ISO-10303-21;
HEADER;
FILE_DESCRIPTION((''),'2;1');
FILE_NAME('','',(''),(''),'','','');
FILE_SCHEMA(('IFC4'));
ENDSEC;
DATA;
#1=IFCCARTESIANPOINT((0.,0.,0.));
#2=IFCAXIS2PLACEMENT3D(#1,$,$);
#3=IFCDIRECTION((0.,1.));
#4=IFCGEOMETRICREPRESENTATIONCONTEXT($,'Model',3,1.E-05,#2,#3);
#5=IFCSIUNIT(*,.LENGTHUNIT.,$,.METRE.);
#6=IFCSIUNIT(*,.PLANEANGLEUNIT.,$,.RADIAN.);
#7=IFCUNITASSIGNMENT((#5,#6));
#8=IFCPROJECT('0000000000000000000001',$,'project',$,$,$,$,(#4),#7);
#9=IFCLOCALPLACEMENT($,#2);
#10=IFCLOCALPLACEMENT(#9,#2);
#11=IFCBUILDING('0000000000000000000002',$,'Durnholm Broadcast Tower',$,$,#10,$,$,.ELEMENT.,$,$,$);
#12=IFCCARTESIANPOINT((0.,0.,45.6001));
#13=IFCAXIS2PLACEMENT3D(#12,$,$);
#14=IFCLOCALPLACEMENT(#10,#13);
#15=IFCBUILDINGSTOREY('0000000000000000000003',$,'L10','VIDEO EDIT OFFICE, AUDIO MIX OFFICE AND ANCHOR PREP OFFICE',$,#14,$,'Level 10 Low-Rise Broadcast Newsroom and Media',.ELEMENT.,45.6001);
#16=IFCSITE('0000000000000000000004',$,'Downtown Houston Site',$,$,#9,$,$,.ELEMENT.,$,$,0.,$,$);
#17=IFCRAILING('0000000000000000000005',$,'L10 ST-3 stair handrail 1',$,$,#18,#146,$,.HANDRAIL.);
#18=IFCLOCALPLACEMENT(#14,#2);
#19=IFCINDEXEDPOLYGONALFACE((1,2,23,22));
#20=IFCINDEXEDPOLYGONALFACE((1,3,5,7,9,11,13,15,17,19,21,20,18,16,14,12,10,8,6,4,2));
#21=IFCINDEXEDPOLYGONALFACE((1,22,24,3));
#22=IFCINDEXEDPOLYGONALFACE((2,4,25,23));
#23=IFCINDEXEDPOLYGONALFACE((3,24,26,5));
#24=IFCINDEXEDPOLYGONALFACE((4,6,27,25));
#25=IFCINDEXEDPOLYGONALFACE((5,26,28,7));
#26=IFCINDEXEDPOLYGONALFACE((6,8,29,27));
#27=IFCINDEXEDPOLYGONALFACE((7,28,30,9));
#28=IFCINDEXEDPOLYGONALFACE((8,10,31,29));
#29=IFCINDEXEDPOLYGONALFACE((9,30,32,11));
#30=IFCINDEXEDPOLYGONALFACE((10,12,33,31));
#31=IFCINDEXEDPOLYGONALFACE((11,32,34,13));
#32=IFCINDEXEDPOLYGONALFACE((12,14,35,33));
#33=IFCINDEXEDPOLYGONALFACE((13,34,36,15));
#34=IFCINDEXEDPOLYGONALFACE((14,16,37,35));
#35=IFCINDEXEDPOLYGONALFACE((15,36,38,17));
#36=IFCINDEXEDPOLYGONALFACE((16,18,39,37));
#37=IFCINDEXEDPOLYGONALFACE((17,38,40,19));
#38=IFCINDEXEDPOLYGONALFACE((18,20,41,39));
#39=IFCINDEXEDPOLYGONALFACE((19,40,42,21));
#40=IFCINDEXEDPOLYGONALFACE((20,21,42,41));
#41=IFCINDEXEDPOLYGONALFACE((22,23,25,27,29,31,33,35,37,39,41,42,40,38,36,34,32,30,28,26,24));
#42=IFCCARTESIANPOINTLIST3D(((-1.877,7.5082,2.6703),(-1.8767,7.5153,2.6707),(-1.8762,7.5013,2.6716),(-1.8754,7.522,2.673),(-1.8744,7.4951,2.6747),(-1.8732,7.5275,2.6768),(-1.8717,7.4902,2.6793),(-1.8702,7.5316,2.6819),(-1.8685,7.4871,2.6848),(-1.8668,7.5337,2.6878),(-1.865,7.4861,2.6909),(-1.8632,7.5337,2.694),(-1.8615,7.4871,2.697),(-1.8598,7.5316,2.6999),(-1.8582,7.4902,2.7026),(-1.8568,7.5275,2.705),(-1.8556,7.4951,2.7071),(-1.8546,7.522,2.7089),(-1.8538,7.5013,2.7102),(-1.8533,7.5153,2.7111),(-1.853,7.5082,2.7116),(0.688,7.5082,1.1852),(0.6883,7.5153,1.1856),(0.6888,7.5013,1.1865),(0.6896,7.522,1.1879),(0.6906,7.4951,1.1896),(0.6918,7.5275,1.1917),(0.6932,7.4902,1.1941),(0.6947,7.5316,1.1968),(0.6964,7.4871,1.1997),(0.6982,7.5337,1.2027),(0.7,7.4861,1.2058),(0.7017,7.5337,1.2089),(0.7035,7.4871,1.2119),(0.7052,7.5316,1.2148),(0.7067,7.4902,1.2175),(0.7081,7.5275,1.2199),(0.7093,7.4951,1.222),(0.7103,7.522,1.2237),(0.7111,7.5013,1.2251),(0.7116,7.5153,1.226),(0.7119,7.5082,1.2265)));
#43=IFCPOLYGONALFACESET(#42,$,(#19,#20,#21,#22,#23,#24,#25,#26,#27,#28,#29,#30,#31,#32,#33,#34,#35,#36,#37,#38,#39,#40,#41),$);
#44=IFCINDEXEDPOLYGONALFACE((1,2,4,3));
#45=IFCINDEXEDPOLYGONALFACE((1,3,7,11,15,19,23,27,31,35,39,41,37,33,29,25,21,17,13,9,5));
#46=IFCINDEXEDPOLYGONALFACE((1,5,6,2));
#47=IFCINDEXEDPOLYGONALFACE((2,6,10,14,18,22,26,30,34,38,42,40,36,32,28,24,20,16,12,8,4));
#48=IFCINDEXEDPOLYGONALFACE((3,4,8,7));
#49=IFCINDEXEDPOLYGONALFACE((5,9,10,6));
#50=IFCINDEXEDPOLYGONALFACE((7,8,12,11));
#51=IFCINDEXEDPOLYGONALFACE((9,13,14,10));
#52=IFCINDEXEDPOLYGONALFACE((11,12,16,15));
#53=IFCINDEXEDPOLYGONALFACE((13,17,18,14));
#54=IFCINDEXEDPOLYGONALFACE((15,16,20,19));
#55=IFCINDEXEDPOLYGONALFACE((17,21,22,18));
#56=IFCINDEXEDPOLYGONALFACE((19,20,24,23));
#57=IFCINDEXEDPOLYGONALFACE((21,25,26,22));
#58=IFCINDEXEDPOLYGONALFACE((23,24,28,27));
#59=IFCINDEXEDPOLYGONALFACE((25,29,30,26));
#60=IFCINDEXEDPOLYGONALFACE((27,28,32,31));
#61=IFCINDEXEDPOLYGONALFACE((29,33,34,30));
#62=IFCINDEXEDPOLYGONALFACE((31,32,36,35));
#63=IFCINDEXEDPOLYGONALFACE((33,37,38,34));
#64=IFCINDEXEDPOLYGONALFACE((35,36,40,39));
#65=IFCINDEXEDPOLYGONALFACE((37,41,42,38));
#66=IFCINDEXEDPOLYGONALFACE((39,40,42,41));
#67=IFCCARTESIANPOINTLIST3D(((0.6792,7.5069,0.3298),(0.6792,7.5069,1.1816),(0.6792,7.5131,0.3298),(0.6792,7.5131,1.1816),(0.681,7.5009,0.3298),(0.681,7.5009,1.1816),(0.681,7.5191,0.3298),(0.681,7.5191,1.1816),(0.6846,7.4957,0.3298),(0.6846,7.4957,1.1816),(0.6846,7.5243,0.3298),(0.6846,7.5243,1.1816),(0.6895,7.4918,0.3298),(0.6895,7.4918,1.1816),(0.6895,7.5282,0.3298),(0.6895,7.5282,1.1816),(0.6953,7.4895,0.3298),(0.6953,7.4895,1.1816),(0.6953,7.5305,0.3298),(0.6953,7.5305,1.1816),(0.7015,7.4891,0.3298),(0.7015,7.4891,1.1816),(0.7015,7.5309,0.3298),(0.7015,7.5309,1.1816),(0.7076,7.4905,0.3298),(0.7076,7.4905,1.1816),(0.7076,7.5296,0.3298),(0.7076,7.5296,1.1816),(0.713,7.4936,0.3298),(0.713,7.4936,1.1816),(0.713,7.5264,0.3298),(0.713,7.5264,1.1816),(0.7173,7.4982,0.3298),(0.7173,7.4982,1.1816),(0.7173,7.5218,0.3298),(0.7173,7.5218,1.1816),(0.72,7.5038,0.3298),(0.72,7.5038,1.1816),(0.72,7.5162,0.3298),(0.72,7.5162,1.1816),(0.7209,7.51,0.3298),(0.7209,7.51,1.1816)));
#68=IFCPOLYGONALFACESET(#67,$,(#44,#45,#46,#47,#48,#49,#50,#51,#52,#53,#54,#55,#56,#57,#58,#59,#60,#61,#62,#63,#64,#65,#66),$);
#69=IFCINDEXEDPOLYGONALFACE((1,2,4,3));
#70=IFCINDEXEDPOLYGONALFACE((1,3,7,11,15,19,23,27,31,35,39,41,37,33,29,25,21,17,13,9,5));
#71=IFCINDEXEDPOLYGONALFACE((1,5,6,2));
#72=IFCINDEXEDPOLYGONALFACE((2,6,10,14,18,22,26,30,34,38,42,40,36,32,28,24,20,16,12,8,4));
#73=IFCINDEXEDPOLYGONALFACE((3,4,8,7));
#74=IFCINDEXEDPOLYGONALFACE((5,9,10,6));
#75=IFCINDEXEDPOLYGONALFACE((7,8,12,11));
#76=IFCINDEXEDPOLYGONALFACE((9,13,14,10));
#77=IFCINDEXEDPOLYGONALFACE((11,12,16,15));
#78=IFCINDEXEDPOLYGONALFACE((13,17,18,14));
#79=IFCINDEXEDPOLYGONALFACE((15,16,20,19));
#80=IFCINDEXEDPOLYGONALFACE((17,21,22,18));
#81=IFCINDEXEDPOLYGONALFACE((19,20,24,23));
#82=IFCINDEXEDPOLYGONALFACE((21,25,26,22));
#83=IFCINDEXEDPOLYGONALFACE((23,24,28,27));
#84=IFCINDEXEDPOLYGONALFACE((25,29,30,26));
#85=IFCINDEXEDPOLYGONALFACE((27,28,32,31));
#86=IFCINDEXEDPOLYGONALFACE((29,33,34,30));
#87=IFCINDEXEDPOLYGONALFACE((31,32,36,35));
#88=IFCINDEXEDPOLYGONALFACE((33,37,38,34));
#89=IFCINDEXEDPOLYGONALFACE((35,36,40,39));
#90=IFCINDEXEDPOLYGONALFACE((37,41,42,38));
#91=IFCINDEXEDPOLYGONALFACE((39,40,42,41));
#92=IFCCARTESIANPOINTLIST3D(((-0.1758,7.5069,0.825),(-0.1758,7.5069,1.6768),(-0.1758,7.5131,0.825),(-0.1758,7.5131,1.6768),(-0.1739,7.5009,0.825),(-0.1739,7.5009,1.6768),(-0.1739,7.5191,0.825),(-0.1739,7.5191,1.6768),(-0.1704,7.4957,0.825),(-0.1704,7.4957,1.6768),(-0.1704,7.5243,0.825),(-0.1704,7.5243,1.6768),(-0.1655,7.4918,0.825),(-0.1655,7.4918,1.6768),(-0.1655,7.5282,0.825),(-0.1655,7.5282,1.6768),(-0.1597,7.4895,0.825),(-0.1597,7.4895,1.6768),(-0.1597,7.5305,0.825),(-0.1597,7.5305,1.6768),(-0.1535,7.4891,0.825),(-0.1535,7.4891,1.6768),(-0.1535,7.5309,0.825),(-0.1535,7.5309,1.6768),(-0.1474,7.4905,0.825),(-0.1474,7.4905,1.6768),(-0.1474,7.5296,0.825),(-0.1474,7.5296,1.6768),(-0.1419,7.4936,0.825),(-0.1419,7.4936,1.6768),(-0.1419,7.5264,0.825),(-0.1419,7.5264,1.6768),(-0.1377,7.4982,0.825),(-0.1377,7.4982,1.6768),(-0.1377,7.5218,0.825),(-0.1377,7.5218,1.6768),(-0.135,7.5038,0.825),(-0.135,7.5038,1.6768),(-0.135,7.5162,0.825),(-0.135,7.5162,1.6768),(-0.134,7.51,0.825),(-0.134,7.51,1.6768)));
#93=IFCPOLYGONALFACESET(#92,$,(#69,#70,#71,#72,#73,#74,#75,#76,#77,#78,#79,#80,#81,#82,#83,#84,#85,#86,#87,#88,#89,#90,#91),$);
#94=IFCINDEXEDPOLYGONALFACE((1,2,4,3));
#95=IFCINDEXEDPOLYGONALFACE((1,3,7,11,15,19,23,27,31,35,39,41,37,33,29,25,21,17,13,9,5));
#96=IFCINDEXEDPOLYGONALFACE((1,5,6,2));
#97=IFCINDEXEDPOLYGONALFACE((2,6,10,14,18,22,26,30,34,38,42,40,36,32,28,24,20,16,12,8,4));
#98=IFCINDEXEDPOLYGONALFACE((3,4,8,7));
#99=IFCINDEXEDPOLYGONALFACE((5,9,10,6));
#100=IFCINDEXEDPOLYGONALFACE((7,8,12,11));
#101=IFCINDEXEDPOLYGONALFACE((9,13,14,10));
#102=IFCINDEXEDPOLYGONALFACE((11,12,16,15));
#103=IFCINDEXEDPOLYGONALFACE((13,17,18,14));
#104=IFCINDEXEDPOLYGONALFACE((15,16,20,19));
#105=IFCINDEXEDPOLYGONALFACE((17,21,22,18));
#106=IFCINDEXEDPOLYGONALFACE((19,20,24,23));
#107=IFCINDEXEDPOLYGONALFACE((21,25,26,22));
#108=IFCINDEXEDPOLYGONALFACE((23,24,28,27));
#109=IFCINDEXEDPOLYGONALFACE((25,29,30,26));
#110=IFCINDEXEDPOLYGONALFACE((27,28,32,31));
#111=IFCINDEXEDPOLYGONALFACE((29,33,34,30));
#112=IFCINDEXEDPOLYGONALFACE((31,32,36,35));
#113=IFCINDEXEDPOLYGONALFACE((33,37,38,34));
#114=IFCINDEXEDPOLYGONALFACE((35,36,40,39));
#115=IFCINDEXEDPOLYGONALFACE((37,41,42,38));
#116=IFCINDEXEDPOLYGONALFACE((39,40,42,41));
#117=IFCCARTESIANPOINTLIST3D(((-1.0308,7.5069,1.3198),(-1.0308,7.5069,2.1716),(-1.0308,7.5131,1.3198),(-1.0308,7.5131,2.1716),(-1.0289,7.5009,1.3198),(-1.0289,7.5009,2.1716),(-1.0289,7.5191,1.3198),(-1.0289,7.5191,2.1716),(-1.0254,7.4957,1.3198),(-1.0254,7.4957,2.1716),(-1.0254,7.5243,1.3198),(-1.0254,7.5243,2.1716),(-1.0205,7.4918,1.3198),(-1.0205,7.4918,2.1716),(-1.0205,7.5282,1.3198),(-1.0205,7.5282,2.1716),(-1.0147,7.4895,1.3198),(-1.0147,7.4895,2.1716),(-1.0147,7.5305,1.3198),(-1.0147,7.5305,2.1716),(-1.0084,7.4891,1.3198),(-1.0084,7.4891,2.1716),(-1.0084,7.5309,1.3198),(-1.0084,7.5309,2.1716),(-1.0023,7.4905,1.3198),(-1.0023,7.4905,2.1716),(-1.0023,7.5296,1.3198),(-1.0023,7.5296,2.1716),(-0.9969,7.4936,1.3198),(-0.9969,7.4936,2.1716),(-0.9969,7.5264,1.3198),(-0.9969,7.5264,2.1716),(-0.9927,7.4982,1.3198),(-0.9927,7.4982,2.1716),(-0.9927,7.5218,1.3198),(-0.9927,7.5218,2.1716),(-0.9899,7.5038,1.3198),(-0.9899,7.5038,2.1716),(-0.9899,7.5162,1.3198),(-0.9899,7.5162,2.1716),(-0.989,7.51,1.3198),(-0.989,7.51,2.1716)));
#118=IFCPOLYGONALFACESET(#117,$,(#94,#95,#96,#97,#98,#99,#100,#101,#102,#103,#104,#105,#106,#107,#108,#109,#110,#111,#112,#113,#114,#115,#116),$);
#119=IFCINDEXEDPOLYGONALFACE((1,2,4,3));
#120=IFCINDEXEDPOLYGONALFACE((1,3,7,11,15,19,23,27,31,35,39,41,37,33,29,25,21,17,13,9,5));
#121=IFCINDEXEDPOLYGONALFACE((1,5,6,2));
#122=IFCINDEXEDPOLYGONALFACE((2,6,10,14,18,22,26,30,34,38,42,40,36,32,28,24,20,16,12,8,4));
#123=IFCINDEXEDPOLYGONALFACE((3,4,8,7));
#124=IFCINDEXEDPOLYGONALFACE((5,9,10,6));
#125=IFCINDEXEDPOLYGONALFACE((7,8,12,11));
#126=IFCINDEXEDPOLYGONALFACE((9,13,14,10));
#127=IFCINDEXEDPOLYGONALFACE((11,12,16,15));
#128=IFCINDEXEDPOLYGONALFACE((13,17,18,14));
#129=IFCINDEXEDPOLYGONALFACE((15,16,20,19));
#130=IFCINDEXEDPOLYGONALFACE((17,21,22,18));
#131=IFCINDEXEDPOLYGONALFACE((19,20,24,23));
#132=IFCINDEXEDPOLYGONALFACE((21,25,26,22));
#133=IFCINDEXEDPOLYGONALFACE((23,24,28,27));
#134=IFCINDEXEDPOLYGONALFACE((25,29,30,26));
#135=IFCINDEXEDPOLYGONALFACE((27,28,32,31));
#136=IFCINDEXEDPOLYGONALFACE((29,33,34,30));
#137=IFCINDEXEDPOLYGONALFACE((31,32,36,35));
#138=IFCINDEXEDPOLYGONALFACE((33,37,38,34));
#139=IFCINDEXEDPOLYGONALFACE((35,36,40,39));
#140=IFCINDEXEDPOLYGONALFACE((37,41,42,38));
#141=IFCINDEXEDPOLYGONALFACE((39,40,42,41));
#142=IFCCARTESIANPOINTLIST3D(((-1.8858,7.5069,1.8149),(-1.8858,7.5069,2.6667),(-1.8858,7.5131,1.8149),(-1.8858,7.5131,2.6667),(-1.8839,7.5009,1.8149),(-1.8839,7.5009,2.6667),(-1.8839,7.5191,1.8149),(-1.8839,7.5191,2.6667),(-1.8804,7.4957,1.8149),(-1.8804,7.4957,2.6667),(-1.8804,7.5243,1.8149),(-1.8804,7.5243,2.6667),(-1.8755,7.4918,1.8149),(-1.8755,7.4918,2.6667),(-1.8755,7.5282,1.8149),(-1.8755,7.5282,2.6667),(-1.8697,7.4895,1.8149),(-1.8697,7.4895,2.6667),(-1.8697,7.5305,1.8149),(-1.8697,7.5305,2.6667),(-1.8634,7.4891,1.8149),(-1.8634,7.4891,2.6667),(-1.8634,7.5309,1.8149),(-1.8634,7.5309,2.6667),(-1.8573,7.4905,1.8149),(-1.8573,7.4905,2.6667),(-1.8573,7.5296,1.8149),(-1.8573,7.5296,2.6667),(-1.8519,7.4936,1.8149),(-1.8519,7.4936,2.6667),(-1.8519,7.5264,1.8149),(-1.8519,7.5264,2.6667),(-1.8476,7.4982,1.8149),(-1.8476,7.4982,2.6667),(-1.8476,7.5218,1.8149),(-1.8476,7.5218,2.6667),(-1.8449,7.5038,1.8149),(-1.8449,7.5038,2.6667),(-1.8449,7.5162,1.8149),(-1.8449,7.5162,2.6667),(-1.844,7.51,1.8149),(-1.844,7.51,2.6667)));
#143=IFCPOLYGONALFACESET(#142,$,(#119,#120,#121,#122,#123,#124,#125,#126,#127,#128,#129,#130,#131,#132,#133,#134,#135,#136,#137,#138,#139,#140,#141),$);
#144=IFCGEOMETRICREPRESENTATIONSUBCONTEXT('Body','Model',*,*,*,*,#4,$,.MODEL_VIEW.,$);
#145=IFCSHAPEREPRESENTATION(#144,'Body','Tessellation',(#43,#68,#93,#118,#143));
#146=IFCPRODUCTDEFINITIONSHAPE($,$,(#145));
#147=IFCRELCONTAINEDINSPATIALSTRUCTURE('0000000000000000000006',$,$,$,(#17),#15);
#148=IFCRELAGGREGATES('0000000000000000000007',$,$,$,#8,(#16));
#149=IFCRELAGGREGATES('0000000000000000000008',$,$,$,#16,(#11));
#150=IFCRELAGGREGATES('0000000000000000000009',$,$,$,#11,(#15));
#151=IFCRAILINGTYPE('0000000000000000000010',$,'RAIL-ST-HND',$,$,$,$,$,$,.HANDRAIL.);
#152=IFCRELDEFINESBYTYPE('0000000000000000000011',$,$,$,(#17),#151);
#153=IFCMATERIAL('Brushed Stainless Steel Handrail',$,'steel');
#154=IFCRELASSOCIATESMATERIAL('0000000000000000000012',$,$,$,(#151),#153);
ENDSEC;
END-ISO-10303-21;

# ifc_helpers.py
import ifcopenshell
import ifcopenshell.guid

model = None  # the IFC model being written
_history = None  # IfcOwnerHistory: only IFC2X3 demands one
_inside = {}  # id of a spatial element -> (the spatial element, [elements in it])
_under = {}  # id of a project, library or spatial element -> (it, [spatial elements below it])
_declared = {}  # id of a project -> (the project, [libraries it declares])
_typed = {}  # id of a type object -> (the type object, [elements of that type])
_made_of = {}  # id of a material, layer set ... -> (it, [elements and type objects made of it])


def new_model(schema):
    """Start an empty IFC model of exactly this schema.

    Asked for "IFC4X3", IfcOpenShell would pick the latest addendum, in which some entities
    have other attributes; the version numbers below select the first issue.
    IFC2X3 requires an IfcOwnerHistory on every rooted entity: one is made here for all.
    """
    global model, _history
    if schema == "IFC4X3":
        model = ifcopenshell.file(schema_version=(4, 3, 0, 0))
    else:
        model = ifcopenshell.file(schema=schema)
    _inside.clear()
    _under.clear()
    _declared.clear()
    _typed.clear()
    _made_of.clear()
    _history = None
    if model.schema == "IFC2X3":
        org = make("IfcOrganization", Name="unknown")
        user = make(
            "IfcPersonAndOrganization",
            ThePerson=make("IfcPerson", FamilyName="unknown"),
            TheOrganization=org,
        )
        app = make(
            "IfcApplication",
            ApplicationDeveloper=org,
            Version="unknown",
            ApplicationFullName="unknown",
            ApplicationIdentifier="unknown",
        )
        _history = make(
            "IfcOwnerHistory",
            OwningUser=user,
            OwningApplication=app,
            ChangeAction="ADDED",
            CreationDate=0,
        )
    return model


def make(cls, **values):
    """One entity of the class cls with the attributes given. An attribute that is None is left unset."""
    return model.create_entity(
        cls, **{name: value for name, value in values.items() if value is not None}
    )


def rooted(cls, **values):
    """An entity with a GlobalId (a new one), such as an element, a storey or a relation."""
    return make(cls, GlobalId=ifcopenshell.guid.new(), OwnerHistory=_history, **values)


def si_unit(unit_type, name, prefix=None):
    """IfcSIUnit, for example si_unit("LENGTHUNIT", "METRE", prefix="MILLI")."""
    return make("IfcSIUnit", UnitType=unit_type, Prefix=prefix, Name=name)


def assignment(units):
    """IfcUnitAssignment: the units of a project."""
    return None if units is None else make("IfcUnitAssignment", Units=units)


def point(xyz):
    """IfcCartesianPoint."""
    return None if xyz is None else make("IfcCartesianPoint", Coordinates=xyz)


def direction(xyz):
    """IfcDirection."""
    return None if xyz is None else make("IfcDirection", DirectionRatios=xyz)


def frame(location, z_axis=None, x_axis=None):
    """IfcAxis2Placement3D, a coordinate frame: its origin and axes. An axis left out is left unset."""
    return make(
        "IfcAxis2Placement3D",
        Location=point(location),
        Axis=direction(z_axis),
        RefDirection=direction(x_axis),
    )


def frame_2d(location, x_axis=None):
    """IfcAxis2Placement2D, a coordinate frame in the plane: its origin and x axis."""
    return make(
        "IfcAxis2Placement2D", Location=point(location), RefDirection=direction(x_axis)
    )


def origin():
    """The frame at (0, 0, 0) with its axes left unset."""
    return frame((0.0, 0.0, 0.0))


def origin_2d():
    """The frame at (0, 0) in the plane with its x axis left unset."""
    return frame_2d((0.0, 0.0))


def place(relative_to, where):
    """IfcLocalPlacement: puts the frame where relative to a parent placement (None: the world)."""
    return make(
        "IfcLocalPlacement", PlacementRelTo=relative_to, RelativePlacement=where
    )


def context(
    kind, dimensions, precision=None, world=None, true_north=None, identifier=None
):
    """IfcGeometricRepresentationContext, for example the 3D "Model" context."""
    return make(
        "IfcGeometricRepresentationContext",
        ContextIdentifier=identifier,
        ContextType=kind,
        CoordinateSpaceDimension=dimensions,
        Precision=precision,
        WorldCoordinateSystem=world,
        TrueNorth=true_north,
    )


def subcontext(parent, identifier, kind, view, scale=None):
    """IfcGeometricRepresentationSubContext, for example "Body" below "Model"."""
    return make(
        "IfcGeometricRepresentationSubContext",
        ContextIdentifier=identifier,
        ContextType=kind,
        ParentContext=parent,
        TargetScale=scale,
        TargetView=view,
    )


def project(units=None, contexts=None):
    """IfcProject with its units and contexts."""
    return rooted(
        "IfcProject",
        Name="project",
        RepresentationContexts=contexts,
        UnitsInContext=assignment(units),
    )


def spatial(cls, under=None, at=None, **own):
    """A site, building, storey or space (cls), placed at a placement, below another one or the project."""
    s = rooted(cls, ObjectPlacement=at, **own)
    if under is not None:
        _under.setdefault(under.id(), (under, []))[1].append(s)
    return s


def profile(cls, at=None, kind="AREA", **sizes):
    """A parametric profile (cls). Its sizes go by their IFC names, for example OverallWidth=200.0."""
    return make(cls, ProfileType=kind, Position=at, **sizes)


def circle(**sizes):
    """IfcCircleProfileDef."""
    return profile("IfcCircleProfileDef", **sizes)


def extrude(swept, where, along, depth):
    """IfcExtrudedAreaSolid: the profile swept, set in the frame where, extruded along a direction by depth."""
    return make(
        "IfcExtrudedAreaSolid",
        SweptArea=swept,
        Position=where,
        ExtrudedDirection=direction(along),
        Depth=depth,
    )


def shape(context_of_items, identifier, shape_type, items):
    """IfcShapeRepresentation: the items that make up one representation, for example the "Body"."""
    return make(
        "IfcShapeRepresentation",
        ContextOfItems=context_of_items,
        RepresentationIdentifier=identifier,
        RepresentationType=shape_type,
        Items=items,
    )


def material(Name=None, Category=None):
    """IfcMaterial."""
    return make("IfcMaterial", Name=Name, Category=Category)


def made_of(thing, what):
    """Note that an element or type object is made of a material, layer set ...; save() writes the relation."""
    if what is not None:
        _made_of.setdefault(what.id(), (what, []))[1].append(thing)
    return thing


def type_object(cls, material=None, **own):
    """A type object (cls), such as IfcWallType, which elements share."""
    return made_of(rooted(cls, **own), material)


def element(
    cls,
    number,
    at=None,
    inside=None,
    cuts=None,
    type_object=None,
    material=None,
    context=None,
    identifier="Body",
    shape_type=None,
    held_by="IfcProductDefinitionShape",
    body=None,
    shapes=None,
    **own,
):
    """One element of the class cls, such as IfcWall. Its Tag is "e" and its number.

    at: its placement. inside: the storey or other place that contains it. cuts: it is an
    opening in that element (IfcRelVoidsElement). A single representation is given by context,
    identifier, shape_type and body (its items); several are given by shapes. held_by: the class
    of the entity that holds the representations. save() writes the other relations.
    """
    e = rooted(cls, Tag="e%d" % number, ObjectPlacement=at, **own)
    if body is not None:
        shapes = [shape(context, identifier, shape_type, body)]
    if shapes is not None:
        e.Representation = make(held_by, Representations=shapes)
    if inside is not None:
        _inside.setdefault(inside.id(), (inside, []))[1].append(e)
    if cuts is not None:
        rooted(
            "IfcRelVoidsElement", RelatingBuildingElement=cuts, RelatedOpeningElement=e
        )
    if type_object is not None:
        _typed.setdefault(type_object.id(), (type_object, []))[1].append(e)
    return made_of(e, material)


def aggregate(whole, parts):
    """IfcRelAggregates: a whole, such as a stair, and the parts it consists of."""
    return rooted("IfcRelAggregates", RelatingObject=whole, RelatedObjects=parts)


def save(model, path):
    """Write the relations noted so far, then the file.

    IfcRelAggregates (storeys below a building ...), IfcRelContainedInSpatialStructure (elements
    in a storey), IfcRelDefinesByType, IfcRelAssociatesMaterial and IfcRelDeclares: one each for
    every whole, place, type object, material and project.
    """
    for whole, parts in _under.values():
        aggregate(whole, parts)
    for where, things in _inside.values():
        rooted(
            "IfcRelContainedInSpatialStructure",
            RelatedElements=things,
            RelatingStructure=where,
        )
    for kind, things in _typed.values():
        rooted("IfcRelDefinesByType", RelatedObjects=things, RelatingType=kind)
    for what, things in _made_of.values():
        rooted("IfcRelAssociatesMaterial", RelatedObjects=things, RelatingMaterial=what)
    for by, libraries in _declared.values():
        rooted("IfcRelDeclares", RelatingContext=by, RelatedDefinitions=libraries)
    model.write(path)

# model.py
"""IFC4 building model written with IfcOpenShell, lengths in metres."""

from ifc_helpers import new_model, si_unit, direction, frame, origin, origin_2d, place, context, subcontext, project, spatial, circle, extrude, material, type_object, element, save


model = new_model("IFC4")

# Units and contexts
model_context = context("Model", 3, precision=1e-05, world=origin(), true_north=direction((0.0, 1.0)))
body_context = subcontext(model_context, "Body", "Model", "MODEL_VIEW")
ifc_project = project(units=[si_unit("LENGTHUNIT", "METRE"), si_unit("PLANEANGLEUNIT", "RADIAN")], contexts=[model_context])

# Site, building, storey
site_placement = place(None, origin())
site = spatial("IfcSite", under=ifc_project, at=site_placement, Name="Downtown Houston Site", CompositionType="ELEMENT", RefElevation=0.0)
building_placement = place(site_placement, origin())
building = spatial("IfcBuilding", under=site, at=building_placement, Name="Durnholm Broadcast Tower", CompositionType="ELEMENT")
storey_placement = place(building_placement, frame((0.0, 0.0, 45.6001)))
storey = spatial("IfcBuildingStorey", under=building, at=storey_placement, Name="L10", Description="VIDEO EDIT OFFICE, AUDIO MIX OFFICE AND ANCHOR PREP OFFICE", LongName="Level 10 Low-Rise Broadcast Newsroom and Media", CompositionType="ELEMENT", Elevation=45.6001)

# Railing
ifc_material_1 = material(Name="Brushed Stainless Steel Handrail", Category="steel")
railing_type_1 = type_object("IfcRailingType", Name="RAIL-ST-HND", PredefinedType="HANDRAIL", material=ifc_material_1)
railing_1_placement = place(storey_placement, frame((0.7, 7.51, 0.3298)))
element("IfcRailing", 1, at=railing_1_placement, inside=storey, type_object=railing_type_1, Name="L10 ST-3 stair handrail 1", PredefinedType="HANDRAIL", context=body_context, shape_type="SweptSolid", body=[
    extrude(circle(Radius=0.0239, at=origin_2d()), frame((0.0, 0.0, 0.876), z_axis=(-0.865406, 0.0, 0.501072), x_axis=(0.0, -1.0, 0.0)), (0.0, 0.0, 1.0), 2.9639),
    extrude(circle(Radius=0.021, at=origin_2d()), origin(), (0.0, 0.0, 1.0), 0.8518),
    extrude(circle(Radius=0.021, at=origin_2d()), frame((-0.855, 0.0, 0.4951)), (0.0, 0.0, 1.0), 0.8518),
    extrude(circle(Radius=0.021, at=origin_2d()), frame((-1.71, 0.0, 0.99)), (0.0, 0.0, 1.0), 0.8518),
    extrude(circle(Radius=0.021, at=origin_2d()), frame((-2.5649, 0.0, 1.4851)), (0.0, 0.0, 1.0), 0.8518),
])

save(model, "model.ifc")
